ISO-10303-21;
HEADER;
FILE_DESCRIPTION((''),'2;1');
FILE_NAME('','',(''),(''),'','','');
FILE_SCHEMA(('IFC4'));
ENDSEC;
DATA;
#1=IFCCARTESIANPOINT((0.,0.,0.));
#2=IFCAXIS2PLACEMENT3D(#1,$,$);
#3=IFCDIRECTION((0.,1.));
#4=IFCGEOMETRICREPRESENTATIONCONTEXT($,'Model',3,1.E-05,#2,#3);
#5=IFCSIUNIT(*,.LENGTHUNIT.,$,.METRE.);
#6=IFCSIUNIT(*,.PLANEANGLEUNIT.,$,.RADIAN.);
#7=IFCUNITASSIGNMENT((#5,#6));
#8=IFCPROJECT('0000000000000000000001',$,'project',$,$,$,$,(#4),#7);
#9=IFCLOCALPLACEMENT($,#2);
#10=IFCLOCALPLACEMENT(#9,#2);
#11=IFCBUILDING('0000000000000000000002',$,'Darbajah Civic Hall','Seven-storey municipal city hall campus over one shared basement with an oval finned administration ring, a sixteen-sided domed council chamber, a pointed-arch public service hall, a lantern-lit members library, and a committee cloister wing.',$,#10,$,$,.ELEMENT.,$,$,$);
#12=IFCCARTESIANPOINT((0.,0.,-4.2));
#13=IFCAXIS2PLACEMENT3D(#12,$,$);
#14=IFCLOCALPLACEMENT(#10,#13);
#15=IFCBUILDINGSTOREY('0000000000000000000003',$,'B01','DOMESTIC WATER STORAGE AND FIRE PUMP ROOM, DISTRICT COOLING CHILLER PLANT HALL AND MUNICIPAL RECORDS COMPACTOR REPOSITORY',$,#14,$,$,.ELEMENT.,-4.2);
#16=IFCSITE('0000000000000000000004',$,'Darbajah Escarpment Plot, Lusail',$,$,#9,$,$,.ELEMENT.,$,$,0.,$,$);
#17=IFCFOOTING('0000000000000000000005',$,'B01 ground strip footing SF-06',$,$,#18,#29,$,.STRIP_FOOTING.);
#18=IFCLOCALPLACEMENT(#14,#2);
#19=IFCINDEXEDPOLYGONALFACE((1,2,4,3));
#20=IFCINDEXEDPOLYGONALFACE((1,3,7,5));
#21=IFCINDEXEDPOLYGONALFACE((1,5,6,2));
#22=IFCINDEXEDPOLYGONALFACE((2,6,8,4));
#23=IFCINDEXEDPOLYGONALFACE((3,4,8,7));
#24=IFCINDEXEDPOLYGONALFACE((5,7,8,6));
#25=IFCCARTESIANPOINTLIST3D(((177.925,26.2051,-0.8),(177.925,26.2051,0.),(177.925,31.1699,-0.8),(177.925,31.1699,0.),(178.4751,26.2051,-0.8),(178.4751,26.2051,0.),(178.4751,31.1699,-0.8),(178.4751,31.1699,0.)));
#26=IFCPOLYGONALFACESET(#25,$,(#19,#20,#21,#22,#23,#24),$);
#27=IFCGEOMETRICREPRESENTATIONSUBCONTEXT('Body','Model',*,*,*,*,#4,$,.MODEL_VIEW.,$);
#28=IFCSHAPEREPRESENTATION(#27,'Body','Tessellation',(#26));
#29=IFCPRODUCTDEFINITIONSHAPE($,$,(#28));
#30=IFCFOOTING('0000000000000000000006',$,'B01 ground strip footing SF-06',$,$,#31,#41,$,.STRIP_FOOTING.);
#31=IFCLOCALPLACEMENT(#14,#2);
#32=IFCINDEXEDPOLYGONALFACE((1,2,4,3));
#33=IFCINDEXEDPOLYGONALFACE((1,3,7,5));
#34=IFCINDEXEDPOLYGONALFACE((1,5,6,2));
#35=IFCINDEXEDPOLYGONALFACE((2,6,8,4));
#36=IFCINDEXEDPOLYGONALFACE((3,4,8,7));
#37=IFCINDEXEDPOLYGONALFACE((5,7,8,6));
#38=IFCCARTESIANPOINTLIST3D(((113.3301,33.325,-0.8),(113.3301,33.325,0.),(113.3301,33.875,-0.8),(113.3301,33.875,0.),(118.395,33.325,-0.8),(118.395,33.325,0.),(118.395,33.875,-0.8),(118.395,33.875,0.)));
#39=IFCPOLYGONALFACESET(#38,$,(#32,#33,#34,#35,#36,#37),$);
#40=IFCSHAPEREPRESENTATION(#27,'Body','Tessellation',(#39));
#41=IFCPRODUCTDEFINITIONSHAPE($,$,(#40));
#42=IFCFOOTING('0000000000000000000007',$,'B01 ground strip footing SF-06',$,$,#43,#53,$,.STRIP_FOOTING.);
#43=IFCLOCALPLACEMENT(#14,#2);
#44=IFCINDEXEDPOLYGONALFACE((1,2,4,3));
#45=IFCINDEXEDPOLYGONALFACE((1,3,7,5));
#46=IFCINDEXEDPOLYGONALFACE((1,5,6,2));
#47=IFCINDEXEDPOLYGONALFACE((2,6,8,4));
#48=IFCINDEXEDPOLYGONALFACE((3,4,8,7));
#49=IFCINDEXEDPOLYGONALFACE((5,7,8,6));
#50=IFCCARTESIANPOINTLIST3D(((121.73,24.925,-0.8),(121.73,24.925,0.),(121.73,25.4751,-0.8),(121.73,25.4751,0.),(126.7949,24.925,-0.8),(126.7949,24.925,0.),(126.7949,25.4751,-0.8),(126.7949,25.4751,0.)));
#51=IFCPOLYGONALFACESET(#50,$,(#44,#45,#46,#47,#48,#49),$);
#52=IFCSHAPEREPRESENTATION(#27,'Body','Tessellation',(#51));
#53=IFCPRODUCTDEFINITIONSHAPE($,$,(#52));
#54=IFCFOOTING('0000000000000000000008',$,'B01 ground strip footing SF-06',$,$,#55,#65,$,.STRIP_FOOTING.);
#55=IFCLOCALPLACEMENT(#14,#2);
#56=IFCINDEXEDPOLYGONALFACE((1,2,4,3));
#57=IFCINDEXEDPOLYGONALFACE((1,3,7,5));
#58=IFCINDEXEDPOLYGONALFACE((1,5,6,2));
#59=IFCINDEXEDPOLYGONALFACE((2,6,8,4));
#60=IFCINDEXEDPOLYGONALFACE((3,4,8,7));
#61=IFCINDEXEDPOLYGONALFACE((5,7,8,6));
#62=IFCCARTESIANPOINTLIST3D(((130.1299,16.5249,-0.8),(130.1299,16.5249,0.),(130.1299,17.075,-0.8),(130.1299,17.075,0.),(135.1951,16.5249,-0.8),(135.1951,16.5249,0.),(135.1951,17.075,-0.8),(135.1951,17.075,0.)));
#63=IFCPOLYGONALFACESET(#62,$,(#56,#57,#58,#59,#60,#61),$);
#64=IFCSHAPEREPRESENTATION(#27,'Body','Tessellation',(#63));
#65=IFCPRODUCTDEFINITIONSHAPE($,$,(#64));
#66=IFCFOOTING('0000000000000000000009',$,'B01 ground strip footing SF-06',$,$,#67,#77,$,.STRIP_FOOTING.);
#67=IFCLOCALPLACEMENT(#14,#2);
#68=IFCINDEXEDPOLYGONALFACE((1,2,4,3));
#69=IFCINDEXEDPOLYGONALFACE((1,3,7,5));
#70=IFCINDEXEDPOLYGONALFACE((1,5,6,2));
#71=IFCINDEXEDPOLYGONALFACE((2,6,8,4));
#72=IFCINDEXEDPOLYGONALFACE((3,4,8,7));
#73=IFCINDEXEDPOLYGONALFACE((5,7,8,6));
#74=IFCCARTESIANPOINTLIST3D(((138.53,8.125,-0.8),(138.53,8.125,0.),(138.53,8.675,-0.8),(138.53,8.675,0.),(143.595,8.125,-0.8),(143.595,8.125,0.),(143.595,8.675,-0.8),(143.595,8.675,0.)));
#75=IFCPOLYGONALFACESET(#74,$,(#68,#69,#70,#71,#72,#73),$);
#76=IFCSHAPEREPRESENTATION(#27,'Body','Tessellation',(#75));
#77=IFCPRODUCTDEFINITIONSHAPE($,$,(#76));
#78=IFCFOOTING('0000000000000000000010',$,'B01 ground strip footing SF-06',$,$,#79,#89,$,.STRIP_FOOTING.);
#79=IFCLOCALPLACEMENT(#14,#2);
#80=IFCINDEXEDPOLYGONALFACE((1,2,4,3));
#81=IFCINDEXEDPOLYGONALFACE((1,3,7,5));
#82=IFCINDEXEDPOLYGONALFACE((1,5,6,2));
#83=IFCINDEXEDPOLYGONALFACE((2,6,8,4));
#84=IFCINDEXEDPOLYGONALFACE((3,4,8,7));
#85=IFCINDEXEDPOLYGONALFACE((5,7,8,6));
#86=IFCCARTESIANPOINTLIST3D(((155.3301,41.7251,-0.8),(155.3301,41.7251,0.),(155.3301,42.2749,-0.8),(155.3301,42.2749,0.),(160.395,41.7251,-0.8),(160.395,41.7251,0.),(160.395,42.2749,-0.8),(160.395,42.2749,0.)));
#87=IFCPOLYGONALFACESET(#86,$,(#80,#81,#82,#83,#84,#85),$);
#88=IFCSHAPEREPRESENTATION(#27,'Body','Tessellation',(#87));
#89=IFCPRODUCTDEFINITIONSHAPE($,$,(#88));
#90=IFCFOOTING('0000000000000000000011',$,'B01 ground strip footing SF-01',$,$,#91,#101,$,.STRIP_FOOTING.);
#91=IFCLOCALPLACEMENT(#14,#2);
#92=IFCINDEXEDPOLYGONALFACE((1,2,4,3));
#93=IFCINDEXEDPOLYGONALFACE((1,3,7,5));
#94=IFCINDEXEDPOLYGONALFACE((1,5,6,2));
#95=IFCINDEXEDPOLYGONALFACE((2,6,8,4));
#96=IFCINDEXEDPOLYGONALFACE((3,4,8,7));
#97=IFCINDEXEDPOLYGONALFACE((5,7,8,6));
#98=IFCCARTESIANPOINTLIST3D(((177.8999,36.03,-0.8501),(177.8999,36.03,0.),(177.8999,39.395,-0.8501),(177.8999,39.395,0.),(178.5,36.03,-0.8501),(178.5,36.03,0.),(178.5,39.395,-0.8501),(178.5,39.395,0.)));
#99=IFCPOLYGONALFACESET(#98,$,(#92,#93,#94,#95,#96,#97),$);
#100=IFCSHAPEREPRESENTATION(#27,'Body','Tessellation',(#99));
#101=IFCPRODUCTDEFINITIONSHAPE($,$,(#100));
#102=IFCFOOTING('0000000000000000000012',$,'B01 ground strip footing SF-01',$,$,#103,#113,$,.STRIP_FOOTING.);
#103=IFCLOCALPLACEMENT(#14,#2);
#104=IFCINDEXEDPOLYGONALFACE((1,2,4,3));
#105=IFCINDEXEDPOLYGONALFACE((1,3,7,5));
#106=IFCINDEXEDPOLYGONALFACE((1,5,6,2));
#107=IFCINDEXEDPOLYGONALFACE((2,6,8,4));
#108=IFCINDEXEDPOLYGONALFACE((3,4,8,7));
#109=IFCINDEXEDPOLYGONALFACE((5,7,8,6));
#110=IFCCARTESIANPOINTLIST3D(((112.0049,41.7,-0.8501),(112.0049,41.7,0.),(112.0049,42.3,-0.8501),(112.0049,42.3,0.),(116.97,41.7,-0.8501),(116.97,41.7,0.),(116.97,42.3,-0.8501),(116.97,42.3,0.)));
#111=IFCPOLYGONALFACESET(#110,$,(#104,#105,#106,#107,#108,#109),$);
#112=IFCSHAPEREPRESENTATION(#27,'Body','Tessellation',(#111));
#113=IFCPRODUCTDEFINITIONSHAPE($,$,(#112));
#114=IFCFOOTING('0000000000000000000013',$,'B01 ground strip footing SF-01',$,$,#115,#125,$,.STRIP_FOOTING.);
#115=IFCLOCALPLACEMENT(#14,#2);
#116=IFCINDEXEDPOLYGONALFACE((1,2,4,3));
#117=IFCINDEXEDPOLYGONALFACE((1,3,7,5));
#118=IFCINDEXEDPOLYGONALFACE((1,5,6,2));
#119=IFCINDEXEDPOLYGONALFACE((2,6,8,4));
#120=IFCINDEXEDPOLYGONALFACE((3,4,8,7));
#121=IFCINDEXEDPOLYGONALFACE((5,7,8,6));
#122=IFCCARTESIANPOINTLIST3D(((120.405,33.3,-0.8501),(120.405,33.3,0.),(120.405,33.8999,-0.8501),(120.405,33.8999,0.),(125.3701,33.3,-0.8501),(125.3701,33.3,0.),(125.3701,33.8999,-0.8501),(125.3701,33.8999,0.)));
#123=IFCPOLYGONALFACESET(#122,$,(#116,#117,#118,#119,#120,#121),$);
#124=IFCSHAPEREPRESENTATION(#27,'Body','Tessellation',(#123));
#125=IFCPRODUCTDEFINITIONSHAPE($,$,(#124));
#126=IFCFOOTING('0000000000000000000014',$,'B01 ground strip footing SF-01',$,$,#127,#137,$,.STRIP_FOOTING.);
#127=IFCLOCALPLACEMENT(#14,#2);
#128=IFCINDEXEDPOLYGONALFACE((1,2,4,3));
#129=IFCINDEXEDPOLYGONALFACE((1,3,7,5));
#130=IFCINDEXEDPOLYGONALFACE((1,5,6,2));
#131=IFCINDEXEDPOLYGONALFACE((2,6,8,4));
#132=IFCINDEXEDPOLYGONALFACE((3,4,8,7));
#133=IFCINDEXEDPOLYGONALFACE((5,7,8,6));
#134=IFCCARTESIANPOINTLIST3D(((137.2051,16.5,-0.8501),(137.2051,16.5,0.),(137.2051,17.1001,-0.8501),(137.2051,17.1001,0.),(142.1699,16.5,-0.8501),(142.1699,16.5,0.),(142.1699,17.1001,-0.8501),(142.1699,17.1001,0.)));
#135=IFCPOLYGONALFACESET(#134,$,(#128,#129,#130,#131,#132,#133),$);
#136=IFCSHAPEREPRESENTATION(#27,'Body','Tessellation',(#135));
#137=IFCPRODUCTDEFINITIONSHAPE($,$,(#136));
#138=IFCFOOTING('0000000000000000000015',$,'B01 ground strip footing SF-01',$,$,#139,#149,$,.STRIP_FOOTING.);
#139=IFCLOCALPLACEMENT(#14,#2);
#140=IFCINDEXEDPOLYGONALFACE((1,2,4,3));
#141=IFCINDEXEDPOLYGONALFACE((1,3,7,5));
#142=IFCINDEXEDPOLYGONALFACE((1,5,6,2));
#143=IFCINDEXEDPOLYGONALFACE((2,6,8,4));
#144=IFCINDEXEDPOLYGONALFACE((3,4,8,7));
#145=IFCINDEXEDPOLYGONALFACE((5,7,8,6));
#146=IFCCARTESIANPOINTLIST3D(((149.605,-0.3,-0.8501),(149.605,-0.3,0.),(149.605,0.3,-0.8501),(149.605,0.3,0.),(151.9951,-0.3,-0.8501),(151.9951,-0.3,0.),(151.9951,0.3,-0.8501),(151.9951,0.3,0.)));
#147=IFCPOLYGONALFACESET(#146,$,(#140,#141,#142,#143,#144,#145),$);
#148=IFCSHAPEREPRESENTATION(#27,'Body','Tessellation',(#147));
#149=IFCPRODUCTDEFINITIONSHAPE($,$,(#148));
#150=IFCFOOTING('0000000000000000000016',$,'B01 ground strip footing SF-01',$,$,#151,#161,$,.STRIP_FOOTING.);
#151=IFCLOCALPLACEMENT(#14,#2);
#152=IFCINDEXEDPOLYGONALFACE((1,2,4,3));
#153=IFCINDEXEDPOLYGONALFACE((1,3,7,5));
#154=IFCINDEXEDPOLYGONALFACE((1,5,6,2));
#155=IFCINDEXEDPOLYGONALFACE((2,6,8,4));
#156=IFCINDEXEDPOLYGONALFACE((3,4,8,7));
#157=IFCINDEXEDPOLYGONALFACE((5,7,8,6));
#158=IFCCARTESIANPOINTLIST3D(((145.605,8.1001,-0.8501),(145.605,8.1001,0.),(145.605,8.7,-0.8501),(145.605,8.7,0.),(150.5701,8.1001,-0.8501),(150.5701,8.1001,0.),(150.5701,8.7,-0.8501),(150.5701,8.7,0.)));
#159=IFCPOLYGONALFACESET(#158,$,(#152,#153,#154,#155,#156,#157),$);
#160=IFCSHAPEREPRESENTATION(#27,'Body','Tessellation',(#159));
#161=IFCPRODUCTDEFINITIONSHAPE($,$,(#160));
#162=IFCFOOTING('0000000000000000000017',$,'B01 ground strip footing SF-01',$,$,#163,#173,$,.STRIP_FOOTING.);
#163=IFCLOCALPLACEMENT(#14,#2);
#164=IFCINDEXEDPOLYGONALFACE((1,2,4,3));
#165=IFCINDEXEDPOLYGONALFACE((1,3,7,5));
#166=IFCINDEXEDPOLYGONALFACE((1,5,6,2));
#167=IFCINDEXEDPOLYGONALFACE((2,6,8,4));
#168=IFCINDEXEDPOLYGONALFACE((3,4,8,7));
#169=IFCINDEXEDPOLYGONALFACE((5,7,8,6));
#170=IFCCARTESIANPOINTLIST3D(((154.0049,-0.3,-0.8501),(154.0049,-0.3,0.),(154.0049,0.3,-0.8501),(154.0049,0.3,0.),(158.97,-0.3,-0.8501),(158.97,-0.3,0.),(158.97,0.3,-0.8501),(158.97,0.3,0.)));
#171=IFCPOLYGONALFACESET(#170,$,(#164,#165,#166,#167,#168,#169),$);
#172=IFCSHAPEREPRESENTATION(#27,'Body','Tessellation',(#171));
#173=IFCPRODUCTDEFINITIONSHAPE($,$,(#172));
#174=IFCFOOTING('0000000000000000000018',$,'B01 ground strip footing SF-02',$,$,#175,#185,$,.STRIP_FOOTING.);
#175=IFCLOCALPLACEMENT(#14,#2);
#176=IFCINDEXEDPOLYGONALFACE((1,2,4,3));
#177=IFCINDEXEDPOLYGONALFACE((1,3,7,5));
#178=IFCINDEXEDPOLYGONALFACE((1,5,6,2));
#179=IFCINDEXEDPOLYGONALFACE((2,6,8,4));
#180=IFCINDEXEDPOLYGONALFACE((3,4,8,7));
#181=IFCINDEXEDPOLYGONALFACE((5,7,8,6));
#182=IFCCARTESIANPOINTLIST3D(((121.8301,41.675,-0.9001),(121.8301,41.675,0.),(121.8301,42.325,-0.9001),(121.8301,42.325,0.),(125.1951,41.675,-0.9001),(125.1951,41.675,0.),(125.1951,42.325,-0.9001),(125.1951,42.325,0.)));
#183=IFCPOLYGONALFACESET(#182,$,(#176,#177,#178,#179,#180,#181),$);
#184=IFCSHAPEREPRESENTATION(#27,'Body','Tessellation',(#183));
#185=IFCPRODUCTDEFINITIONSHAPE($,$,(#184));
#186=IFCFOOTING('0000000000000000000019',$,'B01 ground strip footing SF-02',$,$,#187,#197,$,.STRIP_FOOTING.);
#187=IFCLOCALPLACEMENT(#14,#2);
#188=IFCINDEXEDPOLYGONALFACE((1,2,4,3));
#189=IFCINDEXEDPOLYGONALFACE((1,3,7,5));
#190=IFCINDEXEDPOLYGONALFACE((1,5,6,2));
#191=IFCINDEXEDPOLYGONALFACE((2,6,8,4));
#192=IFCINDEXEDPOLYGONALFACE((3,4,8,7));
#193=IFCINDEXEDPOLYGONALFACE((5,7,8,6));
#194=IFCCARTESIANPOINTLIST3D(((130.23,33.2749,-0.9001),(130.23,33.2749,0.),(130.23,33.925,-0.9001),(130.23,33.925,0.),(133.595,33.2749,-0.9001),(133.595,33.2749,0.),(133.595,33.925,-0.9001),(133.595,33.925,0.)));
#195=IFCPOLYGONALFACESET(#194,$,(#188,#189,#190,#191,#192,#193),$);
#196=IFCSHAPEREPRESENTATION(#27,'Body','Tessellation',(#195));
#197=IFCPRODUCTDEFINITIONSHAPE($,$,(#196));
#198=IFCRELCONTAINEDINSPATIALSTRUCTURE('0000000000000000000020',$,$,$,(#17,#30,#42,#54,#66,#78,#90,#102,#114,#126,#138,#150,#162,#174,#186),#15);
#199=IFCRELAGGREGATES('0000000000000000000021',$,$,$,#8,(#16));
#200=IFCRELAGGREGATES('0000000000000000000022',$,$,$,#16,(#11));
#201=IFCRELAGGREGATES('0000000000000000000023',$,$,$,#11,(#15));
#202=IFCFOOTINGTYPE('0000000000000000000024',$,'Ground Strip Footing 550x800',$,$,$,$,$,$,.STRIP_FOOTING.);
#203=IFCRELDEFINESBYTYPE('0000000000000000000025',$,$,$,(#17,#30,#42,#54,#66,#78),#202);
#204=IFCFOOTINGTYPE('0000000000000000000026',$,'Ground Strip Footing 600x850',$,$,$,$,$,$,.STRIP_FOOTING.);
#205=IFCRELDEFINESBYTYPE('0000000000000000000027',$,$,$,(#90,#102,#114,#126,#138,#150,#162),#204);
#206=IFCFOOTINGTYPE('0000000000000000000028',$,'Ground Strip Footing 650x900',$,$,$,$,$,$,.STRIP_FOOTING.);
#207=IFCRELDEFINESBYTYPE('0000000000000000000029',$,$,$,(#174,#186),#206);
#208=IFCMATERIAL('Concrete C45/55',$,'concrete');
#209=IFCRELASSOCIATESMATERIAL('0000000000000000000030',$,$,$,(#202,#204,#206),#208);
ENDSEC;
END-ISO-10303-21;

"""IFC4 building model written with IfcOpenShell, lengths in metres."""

from ifc_helpers import new_model, si_unit, direction, frame, origin, place, context, subcontext, project, spatial, polyline, outline, extrude, material, type_object, element, save


model = new_model("IFC4")

# Units and contexts
model_context = context("Model", 3, precision=1e-05, world=origin(), true_north=direction((0.0, 1.0)))
body_context = subcontext(model_context, "Body", "Model", "MODEL_VIEW")
ifc_project = project(units=[si_unit("LENGTHUNIT", "METRE"), si_unit("PLANEANGLEUNIT", "RADIAN")], contexts=[model_context])

# Site, building, storey
site_placement = place(None, origin())
site = spatial("IfcSite", under=ifc_project, at=site_placement, Name="Darbajah Escarpment Plot, Lusail", CompositionType="ELEMENT", RefElevation=0.0)
building_placement = place(site_placement, origin())
building = spatial("IfcBuilding", under=site, at=building_placement, Name="Darbajah Civic Hall", Description="Seven-storey municipal city hall campus over one shared basement with an oval finned administration ring, a sixteen-sided domed council chamber, a pointed-arch public service hall, a lantern-lit members library, and a committee cloister wing.", CompositionType="ELEMENT")
storey_placement = place(building_placement, frame((0.0, 0.0, -4.2)))
storey = spatial("IfcBuildingStorey", under=building, at=storey_placement, Name="B01", Description="DOMESTIC WATER STORAGE AND FIRE PUMP ROOM, DISTRICT COOLING CHILLER PLANT HALL AND MUNICIPAL RECORDS COMPACTOR REPOSITORY", CompositionType="ELEMENT", Elevation=-4.2)

# Footings
ifc_material = material(Name="Concrete C45/55", Category="concrete")
footing_type_1 = type_object("IfcFootingType", Name="Ground Strip Footing 550x800", PredefinedType="STRIP_FOOTING", material=ifc_material)
footing_1_placement = place(storey_placement, frame((0.0, 0.0, -0.8)))
element("IfcFooting", 1, at=footing_1_placement, inside=storey, type_object=footing_type_1, Name="B01 ground strip footing SF-06", PredefinedType="STRIP_FOOTING", context=body_context, shape_type="SweptSolid", body=[
    extrude(outline(polyline([(178.4751, 26.2051), (178.4751, 31.1699), (177.925, 31.1699), (177.925, 26.2051), (178.4751, 26.2051)])), origin(), (0.0, 0.0, 1.0), 0.8),
])
footing_2_placement = place(storey_placement, frame((0.0, 0.0, -0.8)))
element("IfcFooting", 2, at=footing_2_placement, inside=storey, type_object=footing_type_1, Name="B01 ground strip footing SF-06", PredefinedType="STRIP_FOOTING", context=body_context, shape_type="SweptSolid", body=[
    extrude(outline(polyline([(113.3301, 33.325), (118.395, 33.325), (118.395, 33.875), (113.3301, 33.875), (113.3301, 33.325)])), origin(), (0.0, 0.0, 1.0), 0.8),
])
footing_3_placement = place(storey_placement, frame((0.0, 0.0, -0.8)))
element("IfcFooting", 3, at=footing_3_placement, inside=storey, type_object=footing_type_1, Name="B01 ground strip footing SF-06", PredefinedType="STRIP_FOOTING", context=body_context, shape_type="SweptSolid", body=[
    extrude(outline(polyline([(121.73, 24.925), (126.7949, 24.925), (126.7949, 25.4751), (121.73, 25.4751), (121.73, 24.925)])), origin(), (0.0, 0.0, 1.0), 0.8),
])
footing_4_placement = place(storey_placement, frame((0.0, 0.0, -0.8)))
element("IfcFooting", 4, at=footing_4_placement, inside=storey, type_object=footing_type_1, Name="B01 ground strip footing SF-06", PredefinedType="STRIP_FOOTING", context=body_context, shape_type="SweptSolid", body=[
    extrude(outline(polyline([(130.1299, 16.5249), (135.1951, 16.5249), (135.1951, 17.075), (130.1299, 17.075), (130.1299, 16.5249)])), origin(), (0.0, 0.0, 1.0), 0.8),
])
footing_5_placement = place(storey_placement, frame((0.0, 0.0, -0.8)))
element("IfcFooting", 5, at=footing_5_placement, inside=storey, type_object=footing_type_1, Name="B01 ground strip footing SF-06", PredefinedType="STRIP_FOOTING", context=body_context, shape_type="SweptSolid", body=[
    extrude(outline(polyline([(138.53, 8.125), (143.595, 8.125), (143.595, 8.675), (138.53, 8.675), (138.53, 8.125)])), origin(), (0.0, 0.0, 1.0), 0.8),
])
footing_6_placement = place(storey_placement, frame((0.0, 0.0, -0.8)))
element("IfcFooting", 6, at=footing_6_placement, inside=storey, type_object=footing_type_1, Name="B01 ground strip footing SF-06", PredefinedType="STRIP_FOOTING", context=body_context, shape_type="SweptSolid", body=[
    extrude(outline(polyline([(155.3301, 41.7251), (160.395, 41.7251), (160.395, 42.2749), (155.3301, 42.2749), (155.3301, 41.7251)])), origin(), (0.0, 0.0, 1.0), 0.8),
])
footing_type_2 = type_object("IfcFootingType", Name="Ground Strip Footing 600x850", PredefinedType="STRIP_FOOTING", material=ifc_material)
footing_7_placement = place(storey_placement, frame((0.0, 0.0, -0.8501)))
element("IfcFooting", 7, at=footing_7_placement, inside=storey, type_object=footing_type_2, Name="B01 ground strip footing SF-01", PredefinedType="STRIP_FOOTING", context=body_context, shape_type="SweptSolid", body=[
    extrude(outline(polyline([(178.5, 36.03), (178.5, 39.395), (177.8999, 39.395), (177.8999, 36.03), (178.5, 36.03)])), origin(), (0.0, 0.0, 1.0), 0.8501),
])
footing_8_placement = place(storey_placement, frame((0.0, 0.0, -0.8501)))
element("IfcFooting", 8, at=footing_8_placement, inside=storey, type_object=footing_type_2, Name="B01 ground strip footing SF-01", PredefinedType="STRIP_FOOTING", context=body_context, shape_type="SweptSolid", body=[
    extrude(outline(polyline([(112.0049, 41.7), (116.97, 41.7), (116.97, 42.3), (112.0049, 42.3), (112.0049, 41.7)])), origin(), (0.0, 0.0, 1.0), 0.8501),
])
footing_9_placement = place(storey_placement, frame((0.0, 0.0, -0.8501)))
element("IfcFooting", 9, at=footing_9_placement, inside=storey, type_object=footing_type_2, Name="B01 ground strip footing SF-01", PredefinedType="STRIP_FOOTING", context=body_context, shape_type="SweptSolid", body=[
    extrude(outline(polyline([(120.405, 33.3), (125.3701, 33.3), (125.3701, 33.8999), (120.405, 33.8999), (120.405, 33.3)])), origin(), (0.0, 0.0, 1.0), 0.8501),
])
footing_10_placement = place(storey_placement, frame((0.0, 0.0, -0.8501)))
element("IfcFooting", 10, at=footing_10_placement, inside=storey, type_object=footing_type_2, Name="B01 ground strip footing SF-01", PredefinedType="STRIP_FOOTING", context=body_context, shape_type="SweptSolid", body=[
    extrude(outline(polyline([(137.2051, 16.5), (142.1699, 16.5), (142.1699, 17.1001), (137.2051, 17.1001), (137.2051, 16.5)])), origin(), (0.0, 0.0, 1.0), 0.8501),
])
footing_11_placement = place(storey_placement, frame((0.0, 0.0, -0.8501)))
element("IfcFooting", 11, at=footing_11_placement, inside=storey, type_object=footing_type_2, Name="B01 ground strip footing SF-01", PredefinedType="STRIP_FOOTING", context=body_context, shape_type="SweptSolid", body=[
    extrude(outline(polyline([(149.605, -0.3), (151.9951, -0.3), (151.9951, 0.3), (149.605, 0.3), (149.605, -0.3)])), origin(), (0.0, 0.0, 1.0), 0.8501),
])
footing_12_placement = place(storey_placement, frame((0.0, 0.0, -0.8501)))
element("IfcFooting", 12, at=footing_12_placement, inside=storey, type_object=footing_type_2, Name="B01 ground strip footing SF-01", PredefinedType="STRIP_FOOTING", context=body_context, shape_type="SweptSolid", body=[
    extrude(outline(polyline([(145.605, 8.1001), (150.5701, 8.1001), (150.5701, 8.7), (145.605, 8.7), (145.605, 8.1001)])), origin(), (0.0, 0.0, 1.0), 0.8501),
])
footing_13_placement = place(storey_placement, frame((0.0, 0.0, -0.8501)))
element("IfcFooting", 13, at=footing_13_placement, inside=storey, type_object=footing_type_2, Name="B01 ground strip footing SF-01", PredefinedType="STRIP_FOOTING", context=body_context, shape_type="SweptSolid", body=[
    extrude(outline(polyline([(154.0049, -0.3), (158.97, -0.3), (158.97, 0.3), (154.0049, 0.3), (154.0049, -0.3)])), origin(), (0.0, 0.0, 1.0), 0.8501),
])
footing_type_3 = type_object("IfcFootingType", Name="Ground Strip Footing 650x900", PredefinedType="STRIP_FOOTING", material=ifc_material)
footing_14_placement = place(storey_placement, frame((0.0, 0.0, -0.9001)))
element("IfcFooting", 14, at=footing_14_placement, inside=storey, type_object=footing_type_3, Name="B01 ground strip footing SF-02", PredefinedType="STRIP_FOOTING", context=body_context, shape_type="SweptSolid", body=[
    extrude(outline(polyline([(121.8301, 41.675), (125.1951, 41.675), (125.1951, 42.325), (121.8301, 42.325), (121.8301, 41.675)])), origin(), (0.0, 0.0, 1.0), 0.9001),
])
footing_15_placement = place(storey_placement, frame((0.0, 0.0, -0.9001)))
element("IfcFooting", 15, at=footing_15_placement, inside=storey, type_object=footing_type_3, Name="B01 ground strip footing SF-02", PredefinedType="STRIP_FOOTING", context=body_context, shape_type="SweptSolid", body=[
    extrude(outline(polyline([(130.23, 33.2749), (133.595, 33.2749), (133.595, 33.925), (130.23, 33.925), (130.23, 33.2749)])), origin(), (0.0, 0.0, 1.0), 0.9001),
])

save(model, "model.ifc")
